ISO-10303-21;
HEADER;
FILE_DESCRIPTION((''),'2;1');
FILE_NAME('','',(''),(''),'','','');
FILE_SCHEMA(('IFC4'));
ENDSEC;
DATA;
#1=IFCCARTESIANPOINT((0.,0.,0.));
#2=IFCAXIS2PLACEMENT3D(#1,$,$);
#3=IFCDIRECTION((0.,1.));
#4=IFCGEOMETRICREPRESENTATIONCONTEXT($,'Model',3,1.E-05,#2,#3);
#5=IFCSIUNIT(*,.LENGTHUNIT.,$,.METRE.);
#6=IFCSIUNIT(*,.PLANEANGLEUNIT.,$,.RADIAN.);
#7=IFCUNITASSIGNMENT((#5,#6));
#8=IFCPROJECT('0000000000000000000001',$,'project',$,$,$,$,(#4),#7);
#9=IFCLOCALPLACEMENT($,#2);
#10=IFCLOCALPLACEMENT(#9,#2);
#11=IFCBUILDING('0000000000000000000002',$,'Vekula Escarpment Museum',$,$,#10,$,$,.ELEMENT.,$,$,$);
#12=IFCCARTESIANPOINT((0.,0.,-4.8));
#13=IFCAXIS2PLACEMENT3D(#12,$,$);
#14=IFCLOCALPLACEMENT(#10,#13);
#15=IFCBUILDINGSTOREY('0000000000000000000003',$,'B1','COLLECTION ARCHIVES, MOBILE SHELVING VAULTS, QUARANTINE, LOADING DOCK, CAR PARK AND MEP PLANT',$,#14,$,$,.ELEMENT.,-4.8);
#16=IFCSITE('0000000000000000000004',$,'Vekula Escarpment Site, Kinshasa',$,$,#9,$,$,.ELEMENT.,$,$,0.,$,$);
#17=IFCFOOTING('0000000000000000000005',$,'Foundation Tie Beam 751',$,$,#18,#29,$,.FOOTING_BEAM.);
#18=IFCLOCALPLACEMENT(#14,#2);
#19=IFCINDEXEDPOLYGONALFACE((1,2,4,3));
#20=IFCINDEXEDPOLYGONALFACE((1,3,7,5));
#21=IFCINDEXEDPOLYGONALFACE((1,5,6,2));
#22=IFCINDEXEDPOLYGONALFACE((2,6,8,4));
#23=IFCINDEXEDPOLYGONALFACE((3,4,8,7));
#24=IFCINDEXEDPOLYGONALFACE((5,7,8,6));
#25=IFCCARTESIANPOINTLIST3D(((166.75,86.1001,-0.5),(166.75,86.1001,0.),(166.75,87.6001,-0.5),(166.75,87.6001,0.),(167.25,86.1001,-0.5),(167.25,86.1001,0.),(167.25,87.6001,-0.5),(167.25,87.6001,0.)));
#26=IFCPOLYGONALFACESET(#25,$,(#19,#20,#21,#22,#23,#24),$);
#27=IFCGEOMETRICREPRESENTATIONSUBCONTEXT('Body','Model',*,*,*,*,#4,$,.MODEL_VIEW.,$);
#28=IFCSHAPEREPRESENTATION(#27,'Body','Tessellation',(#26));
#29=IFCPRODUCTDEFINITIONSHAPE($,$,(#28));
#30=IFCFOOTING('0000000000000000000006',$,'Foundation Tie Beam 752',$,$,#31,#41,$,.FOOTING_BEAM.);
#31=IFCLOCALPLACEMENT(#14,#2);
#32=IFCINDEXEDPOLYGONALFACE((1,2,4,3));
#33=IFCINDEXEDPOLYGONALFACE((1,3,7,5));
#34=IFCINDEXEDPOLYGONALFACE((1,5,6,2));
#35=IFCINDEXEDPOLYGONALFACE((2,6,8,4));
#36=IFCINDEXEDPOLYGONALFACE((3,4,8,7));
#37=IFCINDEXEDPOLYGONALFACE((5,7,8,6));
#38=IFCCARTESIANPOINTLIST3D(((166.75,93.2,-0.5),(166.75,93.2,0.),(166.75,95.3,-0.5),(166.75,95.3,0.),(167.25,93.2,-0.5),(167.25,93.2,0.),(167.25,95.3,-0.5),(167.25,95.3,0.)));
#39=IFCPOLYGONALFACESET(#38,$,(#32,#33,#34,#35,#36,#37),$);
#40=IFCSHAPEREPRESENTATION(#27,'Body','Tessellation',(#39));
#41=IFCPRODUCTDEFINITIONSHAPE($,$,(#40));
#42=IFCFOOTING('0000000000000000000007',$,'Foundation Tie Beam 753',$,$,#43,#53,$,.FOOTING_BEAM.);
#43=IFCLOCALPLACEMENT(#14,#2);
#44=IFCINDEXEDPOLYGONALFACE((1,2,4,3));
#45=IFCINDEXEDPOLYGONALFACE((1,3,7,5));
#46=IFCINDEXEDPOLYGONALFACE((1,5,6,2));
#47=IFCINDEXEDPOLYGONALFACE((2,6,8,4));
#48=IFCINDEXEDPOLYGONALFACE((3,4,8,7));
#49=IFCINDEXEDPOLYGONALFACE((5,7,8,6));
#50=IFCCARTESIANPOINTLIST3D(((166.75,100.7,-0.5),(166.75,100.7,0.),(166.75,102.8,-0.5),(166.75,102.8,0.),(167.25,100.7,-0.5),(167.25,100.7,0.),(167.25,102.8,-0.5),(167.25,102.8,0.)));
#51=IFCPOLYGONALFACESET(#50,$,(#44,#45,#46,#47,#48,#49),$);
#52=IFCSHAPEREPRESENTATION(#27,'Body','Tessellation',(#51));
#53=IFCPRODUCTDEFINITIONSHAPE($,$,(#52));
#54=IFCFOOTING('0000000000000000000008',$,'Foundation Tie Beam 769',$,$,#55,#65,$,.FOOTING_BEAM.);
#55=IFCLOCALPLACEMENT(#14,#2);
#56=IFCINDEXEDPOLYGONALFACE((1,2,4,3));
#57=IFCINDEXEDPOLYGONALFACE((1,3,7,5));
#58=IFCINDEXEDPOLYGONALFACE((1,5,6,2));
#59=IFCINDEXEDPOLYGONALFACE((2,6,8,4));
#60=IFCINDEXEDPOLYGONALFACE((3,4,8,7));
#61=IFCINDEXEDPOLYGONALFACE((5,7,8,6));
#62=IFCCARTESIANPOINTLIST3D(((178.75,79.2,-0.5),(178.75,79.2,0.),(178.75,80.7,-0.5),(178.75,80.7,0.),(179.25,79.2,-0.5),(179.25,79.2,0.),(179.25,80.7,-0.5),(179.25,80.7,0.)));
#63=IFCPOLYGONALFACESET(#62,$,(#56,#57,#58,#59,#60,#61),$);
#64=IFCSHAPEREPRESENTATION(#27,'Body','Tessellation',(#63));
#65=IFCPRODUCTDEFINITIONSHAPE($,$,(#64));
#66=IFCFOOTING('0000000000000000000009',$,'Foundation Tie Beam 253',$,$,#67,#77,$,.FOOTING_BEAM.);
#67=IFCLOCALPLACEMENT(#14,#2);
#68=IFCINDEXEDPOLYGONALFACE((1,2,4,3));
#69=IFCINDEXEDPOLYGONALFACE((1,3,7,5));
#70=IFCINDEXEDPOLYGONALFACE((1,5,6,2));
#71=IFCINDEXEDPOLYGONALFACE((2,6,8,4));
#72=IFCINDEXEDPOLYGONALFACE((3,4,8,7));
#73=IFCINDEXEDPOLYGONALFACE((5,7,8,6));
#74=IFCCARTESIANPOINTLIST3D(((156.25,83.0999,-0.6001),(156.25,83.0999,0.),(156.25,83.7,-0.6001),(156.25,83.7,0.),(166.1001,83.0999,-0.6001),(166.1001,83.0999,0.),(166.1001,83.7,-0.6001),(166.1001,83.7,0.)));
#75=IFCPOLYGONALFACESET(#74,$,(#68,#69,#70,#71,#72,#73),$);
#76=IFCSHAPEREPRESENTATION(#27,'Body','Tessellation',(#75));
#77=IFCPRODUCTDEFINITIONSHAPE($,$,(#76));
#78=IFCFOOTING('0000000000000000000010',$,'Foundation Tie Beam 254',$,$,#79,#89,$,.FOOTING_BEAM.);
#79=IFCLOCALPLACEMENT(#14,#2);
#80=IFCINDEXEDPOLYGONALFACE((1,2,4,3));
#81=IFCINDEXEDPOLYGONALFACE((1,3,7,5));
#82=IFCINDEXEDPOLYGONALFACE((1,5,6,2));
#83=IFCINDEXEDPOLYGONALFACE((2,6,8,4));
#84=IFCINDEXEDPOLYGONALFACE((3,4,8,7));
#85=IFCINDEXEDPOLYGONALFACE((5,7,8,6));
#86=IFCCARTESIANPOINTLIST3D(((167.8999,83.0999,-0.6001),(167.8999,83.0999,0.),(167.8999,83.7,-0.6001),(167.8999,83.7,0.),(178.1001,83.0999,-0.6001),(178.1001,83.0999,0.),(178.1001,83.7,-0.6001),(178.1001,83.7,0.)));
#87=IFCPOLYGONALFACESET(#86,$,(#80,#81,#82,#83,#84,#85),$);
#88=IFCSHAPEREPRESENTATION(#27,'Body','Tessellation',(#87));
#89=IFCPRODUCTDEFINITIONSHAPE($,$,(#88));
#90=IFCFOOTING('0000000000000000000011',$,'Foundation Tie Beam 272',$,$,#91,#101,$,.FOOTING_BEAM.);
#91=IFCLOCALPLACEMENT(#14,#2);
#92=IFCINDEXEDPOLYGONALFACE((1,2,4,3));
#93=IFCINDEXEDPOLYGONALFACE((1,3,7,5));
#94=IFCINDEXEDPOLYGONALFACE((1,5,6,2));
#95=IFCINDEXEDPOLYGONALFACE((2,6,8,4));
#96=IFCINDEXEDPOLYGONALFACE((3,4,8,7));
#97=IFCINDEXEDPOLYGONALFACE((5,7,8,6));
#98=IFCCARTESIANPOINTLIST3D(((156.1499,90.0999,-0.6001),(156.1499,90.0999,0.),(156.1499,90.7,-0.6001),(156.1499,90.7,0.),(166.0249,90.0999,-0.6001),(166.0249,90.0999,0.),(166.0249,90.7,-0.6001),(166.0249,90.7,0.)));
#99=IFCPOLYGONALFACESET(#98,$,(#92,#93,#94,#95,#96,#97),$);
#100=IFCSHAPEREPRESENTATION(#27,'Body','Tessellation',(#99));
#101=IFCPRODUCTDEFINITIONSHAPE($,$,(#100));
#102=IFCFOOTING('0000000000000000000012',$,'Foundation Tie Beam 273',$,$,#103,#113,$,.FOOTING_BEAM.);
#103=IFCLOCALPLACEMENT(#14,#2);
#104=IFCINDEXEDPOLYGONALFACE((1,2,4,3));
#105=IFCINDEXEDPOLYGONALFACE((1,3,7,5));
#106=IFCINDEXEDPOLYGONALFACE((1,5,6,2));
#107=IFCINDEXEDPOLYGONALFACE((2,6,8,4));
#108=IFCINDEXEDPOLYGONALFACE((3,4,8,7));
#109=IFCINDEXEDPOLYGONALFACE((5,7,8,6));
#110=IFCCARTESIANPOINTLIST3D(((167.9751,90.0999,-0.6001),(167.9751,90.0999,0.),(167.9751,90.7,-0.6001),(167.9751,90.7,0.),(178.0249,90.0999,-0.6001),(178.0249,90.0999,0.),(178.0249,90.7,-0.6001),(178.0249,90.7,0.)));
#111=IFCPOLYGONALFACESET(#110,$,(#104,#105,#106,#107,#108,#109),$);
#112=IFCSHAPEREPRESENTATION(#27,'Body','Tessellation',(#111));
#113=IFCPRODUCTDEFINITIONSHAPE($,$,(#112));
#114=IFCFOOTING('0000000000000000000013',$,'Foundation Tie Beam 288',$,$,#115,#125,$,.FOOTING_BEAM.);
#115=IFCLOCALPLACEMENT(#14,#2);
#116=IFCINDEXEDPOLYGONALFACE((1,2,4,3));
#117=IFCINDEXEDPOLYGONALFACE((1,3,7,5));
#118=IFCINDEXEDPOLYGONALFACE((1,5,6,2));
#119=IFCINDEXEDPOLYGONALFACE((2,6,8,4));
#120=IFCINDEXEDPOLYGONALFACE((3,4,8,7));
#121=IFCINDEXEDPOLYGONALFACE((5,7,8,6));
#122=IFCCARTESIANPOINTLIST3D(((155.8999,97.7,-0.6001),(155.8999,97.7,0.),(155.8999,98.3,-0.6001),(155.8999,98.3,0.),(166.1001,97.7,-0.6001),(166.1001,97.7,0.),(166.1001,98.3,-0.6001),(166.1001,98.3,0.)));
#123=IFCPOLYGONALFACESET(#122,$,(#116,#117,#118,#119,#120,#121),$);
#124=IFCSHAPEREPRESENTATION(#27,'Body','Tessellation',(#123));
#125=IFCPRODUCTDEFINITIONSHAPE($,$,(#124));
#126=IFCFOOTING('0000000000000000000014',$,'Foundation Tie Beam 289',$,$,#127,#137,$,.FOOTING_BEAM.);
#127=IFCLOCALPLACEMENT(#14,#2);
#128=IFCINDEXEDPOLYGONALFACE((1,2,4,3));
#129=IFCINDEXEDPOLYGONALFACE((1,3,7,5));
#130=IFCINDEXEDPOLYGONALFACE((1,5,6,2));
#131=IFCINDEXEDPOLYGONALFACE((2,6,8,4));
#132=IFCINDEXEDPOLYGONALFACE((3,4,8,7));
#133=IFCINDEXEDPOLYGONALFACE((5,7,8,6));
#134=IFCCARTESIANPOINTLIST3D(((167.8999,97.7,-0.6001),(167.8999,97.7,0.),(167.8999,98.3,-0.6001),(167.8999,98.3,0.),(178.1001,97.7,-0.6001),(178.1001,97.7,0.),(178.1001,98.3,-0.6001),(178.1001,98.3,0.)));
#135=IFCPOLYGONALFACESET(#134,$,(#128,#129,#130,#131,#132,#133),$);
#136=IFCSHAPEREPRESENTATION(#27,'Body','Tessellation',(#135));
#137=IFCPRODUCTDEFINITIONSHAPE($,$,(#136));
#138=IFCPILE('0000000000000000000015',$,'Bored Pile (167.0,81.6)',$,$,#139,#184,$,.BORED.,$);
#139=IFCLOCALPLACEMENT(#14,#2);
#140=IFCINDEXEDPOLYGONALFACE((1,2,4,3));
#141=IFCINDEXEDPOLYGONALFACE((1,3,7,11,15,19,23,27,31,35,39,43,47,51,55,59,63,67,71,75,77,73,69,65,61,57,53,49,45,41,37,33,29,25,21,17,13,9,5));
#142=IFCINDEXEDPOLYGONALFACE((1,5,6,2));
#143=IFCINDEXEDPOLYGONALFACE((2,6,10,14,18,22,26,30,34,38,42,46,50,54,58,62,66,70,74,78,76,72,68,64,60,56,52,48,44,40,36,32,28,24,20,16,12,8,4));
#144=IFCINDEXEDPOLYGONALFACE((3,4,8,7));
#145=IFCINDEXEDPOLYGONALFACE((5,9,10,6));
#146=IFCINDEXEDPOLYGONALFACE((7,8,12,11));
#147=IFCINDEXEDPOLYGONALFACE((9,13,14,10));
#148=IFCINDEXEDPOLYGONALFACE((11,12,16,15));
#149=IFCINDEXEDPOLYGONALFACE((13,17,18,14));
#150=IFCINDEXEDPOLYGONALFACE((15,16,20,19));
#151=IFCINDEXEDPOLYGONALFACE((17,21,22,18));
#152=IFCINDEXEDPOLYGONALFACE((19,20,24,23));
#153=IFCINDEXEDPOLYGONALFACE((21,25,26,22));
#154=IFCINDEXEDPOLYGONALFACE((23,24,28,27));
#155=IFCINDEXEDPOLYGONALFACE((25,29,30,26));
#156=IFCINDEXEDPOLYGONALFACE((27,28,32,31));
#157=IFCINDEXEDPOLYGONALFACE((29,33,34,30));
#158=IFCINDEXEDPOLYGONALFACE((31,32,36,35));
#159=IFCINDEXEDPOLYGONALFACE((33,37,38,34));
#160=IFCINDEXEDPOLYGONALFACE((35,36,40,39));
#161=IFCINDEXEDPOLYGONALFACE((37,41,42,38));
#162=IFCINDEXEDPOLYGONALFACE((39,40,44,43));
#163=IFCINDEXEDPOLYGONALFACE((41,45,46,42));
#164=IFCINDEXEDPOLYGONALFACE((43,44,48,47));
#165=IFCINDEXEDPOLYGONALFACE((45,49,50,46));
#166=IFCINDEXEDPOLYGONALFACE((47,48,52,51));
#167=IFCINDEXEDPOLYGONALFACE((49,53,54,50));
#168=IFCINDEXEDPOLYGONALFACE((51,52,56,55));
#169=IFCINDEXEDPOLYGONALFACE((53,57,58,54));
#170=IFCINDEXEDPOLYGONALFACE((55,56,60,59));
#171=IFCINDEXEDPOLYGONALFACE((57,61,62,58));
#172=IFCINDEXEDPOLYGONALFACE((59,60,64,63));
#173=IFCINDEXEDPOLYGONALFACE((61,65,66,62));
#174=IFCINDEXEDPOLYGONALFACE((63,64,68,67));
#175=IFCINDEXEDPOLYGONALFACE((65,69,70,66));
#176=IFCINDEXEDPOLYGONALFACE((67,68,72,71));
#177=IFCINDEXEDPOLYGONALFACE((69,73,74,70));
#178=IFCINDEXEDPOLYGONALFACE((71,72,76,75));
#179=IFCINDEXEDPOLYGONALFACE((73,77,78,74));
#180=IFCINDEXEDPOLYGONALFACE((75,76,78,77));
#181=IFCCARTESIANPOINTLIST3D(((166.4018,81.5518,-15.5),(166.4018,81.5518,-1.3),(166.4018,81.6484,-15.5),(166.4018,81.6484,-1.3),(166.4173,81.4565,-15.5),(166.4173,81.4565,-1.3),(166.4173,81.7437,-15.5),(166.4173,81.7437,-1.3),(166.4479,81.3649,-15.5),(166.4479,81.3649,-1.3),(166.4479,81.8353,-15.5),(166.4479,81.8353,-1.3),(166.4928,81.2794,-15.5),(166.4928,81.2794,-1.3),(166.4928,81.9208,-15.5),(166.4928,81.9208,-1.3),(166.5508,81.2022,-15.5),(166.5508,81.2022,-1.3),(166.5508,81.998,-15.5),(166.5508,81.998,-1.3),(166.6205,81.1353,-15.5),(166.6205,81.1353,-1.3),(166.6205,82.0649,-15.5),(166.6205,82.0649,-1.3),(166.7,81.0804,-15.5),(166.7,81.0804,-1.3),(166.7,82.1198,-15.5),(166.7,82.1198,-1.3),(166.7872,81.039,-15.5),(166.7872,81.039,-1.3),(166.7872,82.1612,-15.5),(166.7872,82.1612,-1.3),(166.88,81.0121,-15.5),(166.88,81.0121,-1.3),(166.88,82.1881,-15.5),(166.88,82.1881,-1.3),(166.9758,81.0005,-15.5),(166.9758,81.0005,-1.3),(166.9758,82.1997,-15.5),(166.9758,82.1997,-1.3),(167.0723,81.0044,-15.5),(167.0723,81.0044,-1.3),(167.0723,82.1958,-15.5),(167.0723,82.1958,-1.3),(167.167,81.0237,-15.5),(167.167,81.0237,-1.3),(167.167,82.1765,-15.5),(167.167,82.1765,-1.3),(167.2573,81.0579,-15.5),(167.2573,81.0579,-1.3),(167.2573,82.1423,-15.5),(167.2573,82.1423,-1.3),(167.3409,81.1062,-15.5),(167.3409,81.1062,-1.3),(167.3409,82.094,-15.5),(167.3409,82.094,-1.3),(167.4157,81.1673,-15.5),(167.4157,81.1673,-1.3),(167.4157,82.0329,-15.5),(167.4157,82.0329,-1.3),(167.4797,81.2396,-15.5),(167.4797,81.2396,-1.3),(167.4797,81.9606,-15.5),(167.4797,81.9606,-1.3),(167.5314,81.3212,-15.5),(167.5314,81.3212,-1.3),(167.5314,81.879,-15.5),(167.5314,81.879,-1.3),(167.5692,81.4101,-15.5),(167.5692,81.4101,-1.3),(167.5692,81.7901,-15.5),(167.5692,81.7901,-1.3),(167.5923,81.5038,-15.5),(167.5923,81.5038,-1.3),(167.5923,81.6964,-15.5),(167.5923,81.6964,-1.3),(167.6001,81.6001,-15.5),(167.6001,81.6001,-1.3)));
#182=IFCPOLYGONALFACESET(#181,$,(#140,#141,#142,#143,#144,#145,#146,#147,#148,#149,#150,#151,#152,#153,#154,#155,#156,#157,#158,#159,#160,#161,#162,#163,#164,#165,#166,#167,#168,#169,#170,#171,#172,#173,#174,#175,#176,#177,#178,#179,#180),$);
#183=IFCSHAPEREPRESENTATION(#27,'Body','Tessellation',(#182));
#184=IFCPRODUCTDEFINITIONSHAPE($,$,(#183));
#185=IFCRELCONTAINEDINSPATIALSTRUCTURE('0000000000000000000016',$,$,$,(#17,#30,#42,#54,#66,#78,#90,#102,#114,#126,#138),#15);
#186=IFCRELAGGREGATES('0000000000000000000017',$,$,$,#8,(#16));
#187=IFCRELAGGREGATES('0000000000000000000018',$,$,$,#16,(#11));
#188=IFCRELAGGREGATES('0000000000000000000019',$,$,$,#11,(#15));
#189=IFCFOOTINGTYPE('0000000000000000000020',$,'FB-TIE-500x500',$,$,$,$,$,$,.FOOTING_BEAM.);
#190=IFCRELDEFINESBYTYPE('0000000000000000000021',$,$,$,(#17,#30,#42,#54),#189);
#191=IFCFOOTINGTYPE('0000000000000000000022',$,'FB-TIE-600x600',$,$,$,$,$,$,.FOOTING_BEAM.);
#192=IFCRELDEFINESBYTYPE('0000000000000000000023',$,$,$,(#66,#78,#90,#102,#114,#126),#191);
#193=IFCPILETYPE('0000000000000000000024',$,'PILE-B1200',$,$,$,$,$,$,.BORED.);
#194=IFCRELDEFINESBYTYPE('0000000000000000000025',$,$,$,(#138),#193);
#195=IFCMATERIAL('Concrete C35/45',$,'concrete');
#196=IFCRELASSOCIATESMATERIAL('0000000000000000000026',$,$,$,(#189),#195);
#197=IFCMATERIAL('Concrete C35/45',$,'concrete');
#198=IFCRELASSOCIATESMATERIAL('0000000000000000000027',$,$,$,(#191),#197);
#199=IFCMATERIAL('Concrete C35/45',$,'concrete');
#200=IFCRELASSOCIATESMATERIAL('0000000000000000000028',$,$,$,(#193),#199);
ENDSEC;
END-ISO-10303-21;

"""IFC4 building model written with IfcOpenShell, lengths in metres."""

from ifc_helpers import new_model, si_unit, direction, frame, origin, origin_2d, place, context, subcontext, project, spatial, rectangle, circle, extrude, material, material_profile, profile_set, type_object, element, save


model = new_model("IFC4")

# Units and contexts
model_context = context("Model", 3, precision=1e-05, world=origin(), true_north=direction((0.0, 1.0)))
body_context = subcontext(model_context, "Body", "Model", "MODEL_VIEW")
ifc_project = project(units=[si_unit("LENGTHUNIT", "METRE"), si_unit("PLANEANGLEUNIT", "RADIAN")], contexts=[model_context])

# Site, building, storey
site_placement = place(None, origin())
site = spatial("IfcSite", under=ifc_project, at=site_placement, Name="Vekula Escarpment Site, Kinshasa", CompositionType="ELEMENT", RefElevation=0.0)
building_placement = place(site_placement, origin())
building = spatial("IfcBuilding", under=site, at=building_placement, Name="Vekula Escarpment Museum", CompositionType="ELEMENT")
storey_placement = place(building_placement, frame((0.0, 0.0, -4.8)))
storey = spatial("IfcBuildingStorey", under=building, at=storey_placement, Name="B1", Description="COLLECTION ARCHIVES, MOBILE SHELVING VAULTS, QUARANTINE, LOADING DOCK, CAR PARK AND MEP PLANT", CompositionType="ELEMENT", Elevation=-4.8)

# Footings
ifc_material_1 = material(Name="Concrete C35/45", Category="concrete")
ifc_material_profile_1 = material_profile(ifc_material_1, rectangle(XDim=0.5, YDim=0.5, at=origin_2d()), Name="RC 500x500")
ifc_profile_set_1 = profile_set([ifc_material_profile_1], Name="Concrete C35/45")
footing_type_1 = type_object("IfcFootingType", Name="FB-TIE-500x500", PredefinedType="FOOTING_BEAM", material=ifc_profile_set_1)
footing_1_placement = place(storey_placement, frame((167.0, 86.1001, -0.25), z_axis=(0.0, 1.0, 0.0), x_axis=(-1.0, 0.0, 0.0)))
element("IfcFooting", 1, at=footing_1_placement, inside=storey, type_object=footing_type_1, Name="Foundation Tie Beam 751", PredefinedType="FOOTING_BEAM", context=body_context, shape_type="SweptSolid", body=[
    extrude(rectangle(XDim=0.5, YDim=0.5, at=origin_2d()), origin(), (0.0, 0.0, 1.0), 1.5),
])
for number, where, z_axis, x_axis, name in (
    (2, (167.0, 93.2, -0.25), (0.0, 1.0, 0.0), (-1.0, 0.0, 0.0), "Foundation Tie Beam 752"),
    (3, (167.0, 100.7, -0.25), (0.0, 1.0, 0.0), (-1.0, 0.0, 0.0), "Foundation Tie Beam 753"),
):
    element("IfcFooting", number, at=place(storey_placement, frame(where, z_axis=z_axis, x_axis=x_axis)), inside=storey, type_object=footing_type_1, Name=name, PredefinedType="FOOTING_BEAM", context=body_context, shape_type="SweptSolid", body=[
        extrude(rectangle(XDim=0.5, YDim=0.5, at=origin_2d()), origin(), (0.0, 0.0, 1.0), 2.1001),
    ])
footing_2_placement = place(storey_placement, frame((179.0, 79.2, -0.25), z_axis=(0.0, 1.0, 0.0), x_axis=(-1.0, 0.0, 0.0)))
element("IfcFooting", 4, at=footing_2_placement, inside=storey, type_object=footing_type_1, Name="Foundation Tie Beam 769", PredefinedType="FOOTING_BEAM", context=body_context, shape_type="SweptSolid", body=[
    extrude(rectangle(XDim=0.5, YDim=0.5, at=origin_2d()), origin(), (0.0, 0.0, 1.0), 1.5),
])
ifc_material_2 = material(Name="Concrete C35/45", Category="concrete")
ifc_material_profile_2 = material_profile(ifc_material_2, rectangle(XDim=0.6001, YDim=0.6001, at=origin_2d()), Name="RC 600x600")
ifc_profile_set_2 = profile_set([ifc_material_profile_2], Name="Concrete C35/45")
footing_type_2 = type_object("IfcFootingType", Name="FB-TIE-600x600", PredefinedType="FOOTING_BEAM", material=ifc_profile_set_2)
footing_3_placement = place(storey_placement, frame((156.25, 83.3999, -0.3), z_axis=(1.0, 0.0, 0.0), x_axis=(0.0, 1.0, 0.0)))
element("IfcFooting", 5, at=footing_3_placement, inside=storey, type_object=footing_type_2, Name="Foundation Tie Beam 253", PredefinedType="FOOTING_BEAM", context=body_context, shape_type="SweptSolid", body=[
    extrude(rectangle(XDim=0.6001, YDim=0.6001, at=origin_2d()), origin(), (0.0, 0.0, 1.0), 9.8501),
])
footing_4_placement = place(storey_placement, frame((167.8999, 83.3999, -0.3), z_axis=(1.0, 0.0, 0.0), x_axis=(0.0, 1.0, 0.0)))
element("IfcFooting", 6, at=footing_4_placement, inside=storey, type_object=footing_type_2, Name="Foundation Tie Beam 254", PredefinedType="FOOTING_BEAM", context=body_context, shape_type="SweptSolid", body=[
    extrude(rectangle(XDim=0.6001, YDim=0.6001, at=origin_2d()), origin(), (0.0, 0.0, 1.0), 10.2002),
])
footing_5_placement = place(storey_placement, frame((156.1499, 90.3999, -0.3), z_axis=(1.0, 0.0, 0.0), x_axis=(0.0, 1.0, 0.0)))
element("IfcFooting", 7, at=footing_5_placement, inside=storey, type_object=footing_type_2, Name="Foundation Tie Beam 272", PredefinedType="FOOTING_BEAM", context=body_context, shape_type="SweptSolid", body=[
    extrude(rectangle(XDim=0.6001, YDim=0.6001, at=origin_2d()), origin(), (0.0, 0.0, 1.0), 9.875),
])
footing_6_placement = place(storey_placement, frame((167.9751, 90.3999, -0.3), z_axis=(1.0, 0.0, 0.0), x_axis=(0.0, 1.0, 0.0)))
element("IfcFooting", 8, at=footing_6_placement, inside=storey, type_object=footing_type_2, Name="Foundation Tie Beam 273", PredefinedType="FOOTING_BEAM", context=body_context, shape_type="SweptSolid", body=[
    extrude(rectangle(XDim=0.6001, YDim=0.6001, at=origin_2d()), origin(), (0.0, 0.0, 1.0), 10.0498),
])
for number, where, z_axis, x_axis, name in (
    (9, (155.8999, 98.0, -0.3), (1.0, 0.0, 0.0), (0.0, 1.0, 0.0), "Foundation Tie Beam 288"),
    (10, (167.8999, 98.0, -0.3), (1.0, 0.0, 0.0), (0.0, 1.0, 0.0), "Foundation Tie Beam 289"),
):
    element("IfcFooting", number, at=place(storey_placement, frame(where, z_axis=z_axis, x_axis=x_axis)), inside=storey, type_object=footing_type_2, Name=name, PredefinedType="FOOTING_BEAM", context=body_context, shape_type="SweptSolid", body=[
        extrude(rectangle(XDim=0.6001, YDim=0.6001, at=origin_2d()), origin(), (0.0, 0.0, 1.0), 10.2002),
    ])

# Pile
ifc_material_3 = material(Name="Concrete C35/45", Category="concrete")
ifc_material_profile_3 = material_profile(ifc_material_3, circle(Radius=0.6001, at=origin_2d()), Name="BORED PILE 1200")
ifc_profile_set_3 = profile_set([ifc_material_profile_3], Name="Concrete C35/45")
pile_type = type_object("IfcPileType", Name="PILE-B1200", PredefinedType="BORED", material=ifc_profile_set_3)
for number, where, z_axis, x_axis, name in (
    (11, (167.0, 81.6001, -1.3), (0.0, 0.0, -1.0), (1.0, 0.0, 0.0), "Bored Pile (167.0,81.6)"),
):
    element("IfcPile", number, at=place(storey_placement, frame(where, z_axis=z_axis, x_axis=x_axis)), inside=storey, type_object=pile_type, Name=name, PredefinedType="BORED", context=body_context, shape_type="SweptSolid", body=[
        extrude(circle(Radius=0.6001, at=origin_2d()), origin(), (0.0, 0.0, 1.0), 14.2),
    ])

save(model, "model.ifc")
